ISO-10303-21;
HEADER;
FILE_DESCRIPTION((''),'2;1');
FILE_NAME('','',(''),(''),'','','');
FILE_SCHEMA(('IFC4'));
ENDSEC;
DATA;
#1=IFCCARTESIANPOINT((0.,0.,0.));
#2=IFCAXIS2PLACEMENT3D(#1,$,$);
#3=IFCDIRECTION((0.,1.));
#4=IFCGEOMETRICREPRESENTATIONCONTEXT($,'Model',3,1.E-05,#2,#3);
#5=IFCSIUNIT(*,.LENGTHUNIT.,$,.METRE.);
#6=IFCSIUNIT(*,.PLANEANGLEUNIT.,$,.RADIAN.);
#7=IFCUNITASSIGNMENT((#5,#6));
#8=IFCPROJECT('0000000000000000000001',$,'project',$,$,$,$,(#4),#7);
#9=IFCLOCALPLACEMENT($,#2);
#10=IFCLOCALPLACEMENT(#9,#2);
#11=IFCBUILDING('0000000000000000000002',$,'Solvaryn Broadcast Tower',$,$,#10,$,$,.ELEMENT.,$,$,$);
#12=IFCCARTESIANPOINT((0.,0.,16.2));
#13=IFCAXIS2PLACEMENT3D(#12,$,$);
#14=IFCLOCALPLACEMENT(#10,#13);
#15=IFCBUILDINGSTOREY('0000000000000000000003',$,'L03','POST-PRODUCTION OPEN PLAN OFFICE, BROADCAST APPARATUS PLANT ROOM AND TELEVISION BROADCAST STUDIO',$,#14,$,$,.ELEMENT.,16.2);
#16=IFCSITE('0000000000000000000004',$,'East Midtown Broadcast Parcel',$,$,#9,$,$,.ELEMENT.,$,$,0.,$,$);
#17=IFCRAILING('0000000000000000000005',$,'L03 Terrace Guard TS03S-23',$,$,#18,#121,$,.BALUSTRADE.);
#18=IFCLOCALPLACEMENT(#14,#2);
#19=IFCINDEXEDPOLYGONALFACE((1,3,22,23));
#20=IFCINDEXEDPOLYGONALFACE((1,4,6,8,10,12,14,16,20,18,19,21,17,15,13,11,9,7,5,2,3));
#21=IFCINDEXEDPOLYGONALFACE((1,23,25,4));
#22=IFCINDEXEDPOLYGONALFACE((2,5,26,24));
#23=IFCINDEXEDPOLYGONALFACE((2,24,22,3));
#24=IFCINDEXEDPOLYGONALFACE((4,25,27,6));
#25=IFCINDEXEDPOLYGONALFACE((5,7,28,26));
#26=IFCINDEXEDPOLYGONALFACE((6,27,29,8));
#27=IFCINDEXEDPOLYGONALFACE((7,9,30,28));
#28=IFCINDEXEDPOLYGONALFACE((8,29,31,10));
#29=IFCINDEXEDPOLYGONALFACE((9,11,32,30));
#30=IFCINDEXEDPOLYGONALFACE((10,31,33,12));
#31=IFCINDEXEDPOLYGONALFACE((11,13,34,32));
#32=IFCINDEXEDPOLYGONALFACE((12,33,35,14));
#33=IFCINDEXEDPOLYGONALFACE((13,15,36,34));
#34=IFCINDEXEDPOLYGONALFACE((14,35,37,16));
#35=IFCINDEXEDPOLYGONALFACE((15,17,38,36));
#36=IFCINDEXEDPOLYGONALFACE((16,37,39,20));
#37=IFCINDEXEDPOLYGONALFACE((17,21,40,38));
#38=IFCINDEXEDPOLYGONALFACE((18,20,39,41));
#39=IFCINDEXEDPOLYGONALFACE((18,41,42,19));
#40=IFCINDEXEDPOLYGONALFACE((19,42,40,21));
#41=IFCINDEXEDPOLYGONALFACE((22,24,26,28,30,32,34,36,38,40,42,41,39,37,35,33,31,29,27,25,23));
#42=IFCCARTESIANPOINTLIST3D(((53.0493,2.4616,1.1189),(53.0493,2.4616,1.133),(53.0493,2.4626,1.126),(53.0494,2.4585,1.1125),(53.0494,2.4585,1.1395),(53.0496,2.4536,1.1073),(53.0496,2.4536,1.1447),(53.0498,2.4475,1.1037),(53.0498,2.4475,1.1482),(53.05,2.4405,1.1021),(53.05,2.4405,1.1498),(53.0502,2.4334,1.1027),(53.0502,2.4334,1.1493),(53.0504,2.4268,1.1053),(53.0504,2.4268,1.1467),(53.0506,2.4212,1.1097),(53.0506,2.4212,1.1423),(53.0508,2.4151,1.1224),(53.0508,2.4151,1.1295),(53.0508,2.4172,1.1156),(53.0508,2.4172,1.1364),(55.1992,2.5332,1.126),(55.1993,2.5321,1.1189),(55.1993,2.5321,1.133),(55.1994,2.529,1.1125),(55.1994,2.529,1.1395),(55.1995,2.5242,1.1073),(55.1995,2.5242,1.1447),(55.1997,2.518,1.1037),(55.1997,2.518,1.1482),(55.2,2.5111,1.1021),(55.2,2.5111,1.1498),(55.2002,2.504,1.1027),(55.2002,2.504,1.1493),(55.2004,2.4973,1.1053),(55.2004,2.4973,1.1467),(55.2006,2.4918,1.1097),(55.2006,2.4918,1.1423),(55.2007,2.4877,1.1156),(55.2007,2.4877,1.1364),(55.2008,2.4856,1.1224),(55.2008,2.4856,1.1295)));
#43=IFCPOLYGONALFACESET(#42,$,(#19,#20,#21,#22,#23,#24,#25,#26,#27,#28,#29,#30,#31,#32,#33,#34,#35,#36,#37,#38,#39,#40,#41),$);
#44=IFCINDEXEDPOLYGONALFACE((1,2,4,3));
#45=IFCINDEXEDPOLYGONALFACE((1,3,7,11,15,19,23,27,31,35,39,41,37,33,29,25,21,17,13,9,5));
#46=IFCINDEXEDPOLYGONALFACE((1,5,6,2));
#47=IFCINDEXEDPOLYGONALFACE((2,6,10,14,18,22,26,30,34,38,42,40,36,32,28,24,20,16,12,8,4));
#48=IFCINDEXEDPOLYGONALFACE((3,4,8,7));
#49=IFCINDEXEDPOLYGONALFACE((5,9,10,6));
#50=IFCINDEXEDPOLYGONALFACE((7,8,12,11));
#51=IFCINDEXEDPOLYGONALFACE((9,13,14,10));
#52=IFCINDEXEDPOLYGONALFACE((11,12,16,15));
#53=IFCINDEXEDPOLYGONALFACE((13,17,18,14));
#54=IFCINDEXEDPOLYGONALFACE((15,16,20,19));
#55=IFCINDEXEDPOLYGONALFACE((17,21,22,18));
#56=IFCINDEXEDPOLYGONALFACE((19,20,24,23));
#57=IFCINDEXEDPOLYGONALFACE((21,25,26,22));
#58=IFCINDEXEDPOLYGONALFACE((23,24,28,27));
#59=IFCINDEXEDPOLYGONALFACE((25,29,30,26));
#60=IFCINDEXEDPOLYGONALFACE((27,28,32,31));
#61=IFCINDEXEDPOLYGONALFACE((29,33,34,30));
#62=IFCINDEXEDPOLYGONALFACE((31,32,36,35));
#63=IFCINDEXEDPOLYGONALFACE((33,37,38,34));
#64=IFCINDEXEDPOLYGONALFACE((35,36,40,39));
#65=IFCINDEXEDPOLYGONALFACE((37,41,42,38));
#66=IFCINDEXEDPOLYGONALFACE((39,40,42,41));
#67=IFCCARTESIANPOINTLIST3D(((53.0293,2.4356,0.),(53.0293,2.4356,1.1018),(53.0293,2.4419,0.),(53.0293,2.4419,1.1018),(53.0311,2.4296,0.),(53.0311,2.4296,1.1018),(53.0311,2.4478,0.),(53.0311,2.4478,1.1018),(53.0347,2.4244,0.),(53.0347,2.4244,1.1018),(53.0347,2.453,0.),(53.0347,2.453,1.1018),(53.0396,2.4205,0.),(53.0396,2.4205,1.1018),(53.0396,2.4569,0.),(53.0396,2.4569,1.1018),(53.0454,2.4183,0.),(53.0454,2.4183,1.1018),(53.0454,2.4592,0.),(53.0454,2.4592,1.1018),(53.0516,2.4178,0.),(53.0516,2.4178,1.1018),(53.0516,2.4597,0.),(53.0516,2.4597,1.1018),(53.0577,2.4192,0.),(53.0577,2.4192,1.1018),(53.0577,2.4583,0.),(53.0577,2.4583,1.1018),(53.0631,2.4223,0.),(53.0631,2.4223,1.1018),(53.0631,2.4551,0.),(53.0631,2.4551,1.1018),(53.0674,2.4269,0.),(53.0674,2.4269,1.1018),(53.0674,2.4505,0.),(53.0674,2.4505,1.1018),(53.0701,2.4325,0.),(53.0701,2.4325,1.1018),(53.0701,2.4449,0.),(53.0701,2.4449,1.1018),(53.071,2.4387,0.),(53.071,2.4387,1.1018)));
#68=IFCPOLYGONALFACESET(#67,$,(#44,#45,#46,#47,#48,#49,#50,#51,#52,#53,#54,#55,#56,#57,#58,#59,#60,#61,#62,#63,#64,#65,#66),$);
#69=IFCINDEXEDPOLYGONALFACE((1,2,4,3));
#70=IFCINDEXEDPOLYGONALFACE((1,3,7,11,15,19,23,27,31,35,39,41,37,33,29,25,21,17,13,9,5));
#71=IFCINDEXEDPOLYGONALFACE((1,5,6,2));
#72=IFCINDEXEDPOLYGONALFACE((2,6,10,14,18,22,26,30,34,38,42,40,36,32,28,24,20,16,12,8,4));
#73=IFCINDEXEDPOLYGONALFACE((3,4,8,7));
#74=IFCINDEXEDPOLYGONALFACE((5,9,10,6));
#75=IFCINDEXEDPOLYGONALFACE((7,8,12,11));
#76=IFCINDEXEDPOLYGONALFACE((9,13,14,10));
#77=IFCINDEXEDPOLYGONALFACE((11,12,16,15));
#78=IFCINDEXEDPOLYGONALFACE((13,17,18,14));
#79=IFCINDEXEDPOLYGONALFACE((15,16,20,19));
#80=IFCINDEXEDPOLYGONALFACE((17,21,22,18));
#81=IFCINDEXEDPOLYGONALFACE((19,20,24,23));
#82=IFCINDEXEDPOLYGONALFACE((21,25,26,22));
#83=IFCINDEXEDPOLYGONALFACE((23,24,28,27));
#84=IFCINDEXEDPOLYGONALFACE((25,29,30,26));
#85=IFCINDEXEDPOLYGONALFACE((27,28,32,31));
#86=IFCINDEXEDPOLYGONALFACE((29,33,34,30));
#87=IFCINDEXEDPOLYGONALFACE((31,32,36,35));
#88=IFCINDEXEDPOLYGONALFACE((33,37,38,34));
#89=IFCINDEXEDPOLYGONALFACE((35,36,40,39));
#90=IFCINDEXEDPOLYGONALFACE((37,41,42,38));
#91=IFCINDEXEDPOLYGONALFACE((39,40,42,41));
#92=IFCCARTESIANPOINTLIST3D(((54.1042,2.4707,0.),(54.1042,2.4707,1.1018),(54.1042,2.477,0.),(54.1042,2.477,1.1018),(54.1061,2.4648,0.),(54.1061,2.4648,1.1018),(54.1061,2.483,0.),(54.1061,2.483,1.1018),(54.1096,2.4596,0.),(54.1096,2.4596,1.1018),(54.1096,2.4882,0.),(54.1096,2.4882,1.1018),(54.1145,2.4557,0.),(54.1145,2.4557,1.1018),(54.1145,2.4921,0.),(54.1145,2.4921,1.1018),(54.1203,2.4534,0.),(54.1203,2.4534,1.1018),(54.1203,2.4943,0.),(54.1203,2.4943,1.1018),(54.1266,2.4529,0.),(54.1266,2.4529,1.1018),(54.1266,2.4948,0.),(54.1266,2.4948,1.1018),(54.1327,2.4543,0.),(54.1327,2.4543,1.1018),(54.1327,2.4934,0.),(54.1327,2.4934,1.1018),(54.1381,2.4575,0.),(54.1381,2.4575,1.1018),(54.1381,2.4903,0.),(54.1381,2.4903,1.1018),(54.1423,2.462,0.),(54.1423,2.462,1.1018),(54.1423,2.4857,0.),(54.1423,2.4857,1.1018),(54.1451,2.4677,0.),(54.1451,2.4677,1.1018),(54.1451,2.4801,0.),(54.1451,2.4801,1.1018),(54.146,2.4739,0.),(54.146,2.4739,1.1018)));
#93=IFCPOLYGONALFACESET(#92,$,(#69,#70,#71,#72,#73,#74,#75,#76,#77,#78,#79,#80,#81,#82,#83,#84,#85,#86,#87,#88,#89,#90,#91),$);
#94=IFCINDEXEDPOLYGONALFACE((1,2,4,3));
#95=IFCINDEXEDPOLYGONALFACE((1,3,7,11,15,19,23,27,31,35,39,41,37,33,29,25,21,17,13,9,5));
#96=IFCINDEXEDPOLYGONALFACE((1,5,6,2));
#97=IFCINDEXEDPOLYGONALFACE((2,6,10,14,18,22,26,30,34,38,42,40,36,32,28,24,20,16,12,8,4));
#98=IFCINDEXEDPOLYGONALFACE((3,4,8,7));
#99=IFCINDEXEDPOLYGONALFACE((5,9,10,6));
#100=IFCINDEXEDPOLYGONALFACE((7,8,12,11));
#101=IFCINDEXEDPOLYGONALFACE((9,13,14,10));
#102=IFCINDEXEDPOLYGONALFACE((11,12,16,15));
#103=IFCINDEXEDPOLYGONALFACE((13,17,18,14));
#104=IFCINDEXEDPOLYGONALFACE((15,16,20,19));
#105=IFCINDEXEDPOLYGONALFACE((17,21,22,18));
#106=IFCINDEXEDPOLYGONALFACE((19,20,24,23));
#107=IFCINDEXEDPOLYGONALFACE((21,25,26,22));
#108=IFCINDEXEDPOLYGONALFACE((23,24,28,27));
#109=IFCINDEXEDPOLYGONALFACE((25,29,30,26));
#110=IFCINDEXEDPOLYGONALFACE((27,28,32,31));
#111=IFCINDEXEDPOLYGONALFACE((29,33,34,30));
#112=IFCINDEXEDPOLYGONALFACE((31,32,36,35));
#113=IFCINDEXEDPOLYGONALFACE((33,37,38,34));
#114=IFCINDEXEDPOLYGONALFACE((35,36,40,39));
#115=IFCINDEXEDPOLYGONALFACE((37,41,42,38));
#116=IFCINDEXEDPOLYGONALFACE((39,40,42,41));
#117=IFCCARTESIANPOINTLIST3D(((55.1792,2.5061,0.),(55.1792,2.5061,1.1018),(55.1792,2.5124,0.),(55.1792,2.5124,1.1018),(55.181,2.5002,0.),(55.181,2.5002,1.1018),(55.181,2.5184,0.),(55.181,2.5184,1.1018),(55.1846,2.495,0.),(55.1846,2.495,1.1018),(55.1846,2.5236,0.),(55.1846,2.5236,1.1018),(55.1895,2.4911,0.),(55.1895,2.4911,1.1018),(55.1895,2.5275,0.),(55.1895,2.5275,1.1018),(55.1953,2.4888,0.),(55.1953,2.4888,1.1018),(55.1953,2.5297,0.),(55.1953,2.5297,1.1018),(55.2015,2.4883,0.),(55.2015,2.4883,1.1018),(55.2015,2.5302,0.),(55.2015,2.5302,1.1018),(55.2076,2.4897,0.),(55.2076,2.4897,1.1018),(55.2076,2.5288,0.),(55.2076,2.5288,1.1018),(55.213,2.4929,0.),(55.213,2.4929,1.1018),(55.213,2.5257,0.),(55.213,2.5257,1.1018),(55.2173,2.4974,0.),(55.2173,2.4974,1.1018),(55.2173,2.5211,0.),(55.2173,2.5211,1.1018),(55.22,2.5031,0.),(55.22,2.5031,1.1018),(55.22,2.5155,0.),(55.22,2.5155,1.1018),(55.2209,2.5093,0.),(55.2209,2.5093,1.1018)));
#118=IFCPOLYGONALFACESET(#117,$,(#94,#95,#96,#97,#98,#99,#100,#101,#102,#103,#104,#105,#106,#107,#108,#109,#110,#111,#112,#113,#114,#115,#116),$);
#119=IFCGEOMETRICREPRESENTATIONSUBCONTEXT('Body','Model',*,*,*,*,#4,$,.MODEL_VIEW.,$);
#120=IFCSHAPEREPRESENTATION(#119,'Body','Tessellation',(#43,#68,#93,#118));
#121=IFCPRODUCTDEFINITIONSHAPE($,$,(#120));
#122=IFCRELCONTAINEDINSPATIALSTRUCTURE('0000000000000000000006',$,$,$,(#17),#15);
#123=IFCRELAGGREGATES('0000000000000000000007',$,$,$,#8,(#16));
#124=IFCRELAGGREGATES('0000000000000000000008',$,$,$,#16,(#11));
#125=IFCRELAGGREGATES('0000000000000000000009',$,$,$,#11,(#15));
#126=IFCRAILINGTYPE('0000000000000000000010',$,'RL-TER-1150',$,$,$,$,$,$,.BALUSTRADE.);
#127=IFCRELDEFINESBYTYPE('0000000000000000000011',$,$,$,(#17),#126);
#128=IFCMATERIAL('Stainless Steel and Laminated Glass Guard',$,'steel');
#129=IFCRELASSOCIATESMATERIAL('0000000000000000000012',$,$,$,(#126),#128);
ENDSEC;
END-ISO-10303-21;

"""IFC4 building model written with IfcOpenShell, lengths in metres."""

from ifc_helpers import new_model, si_unit, direction, frame, origin, origin_2d, place, context, subcontext, project, spatial, circle, extrude, material, type_object, element, save


model = new_model("IFC4")

# Units and contexts
model_context = context("Model", 3, precision=1e-05, world=origin(), true_north=direction((0.0, 1.0)))
body_context = subcontext(model_context, "Body", "Model", "MODEL_VIEW")
ifc_project = project(units=[si_unit("LENGTHUNIT", "METRE"), si_unit("PLANEANGLEUNIT", "RADIAN")], contexts=[model_context])

# Site, building, storey
site_placement = place(None, origin())
site = spatial("IfcSite", under=ifc_project, at=site_placement, Name="East Midtown Broadcast Parcel", CompositionType="ELEMENT", RefElevation=0.0)
building_placement = place(site_placement, origin())
building = spatial("IfcBuilding", under=site, at=building_placement, Name="Solvaryn Broadcast Tower", CompositionType="ELEMENT")
storey_placement = place(building_placement, frame((0.0, 0.0, 16.2)))
storey = spatial("IfcBuildingStorey", under=building, at=storey_placement, Name="L03", Description="POST-PRODUCTION OPEN PLAN OFFICE, BROADCAST APPARATUS PLANT ROOM AND TELEVISION BROADCAST STUDIO", CompositionType="ELEMENT", Elevation=16.2)

# Railing
ifc_material_1 = material(Name="Stainless Steel and Laminated Glass Guard", Category="steel")
railing_type = type_object("IfcRailingType", Name="RL-TER-1150", PredefinedType="BALUSTRADE", material=ifc_material_1)
railing_1_placement = place(storey_placement, frame((53.05, 2.4387, 0.0)))
element("IfcRailing", 1, at=railing_1_placement, inside=storey, type_object=railing_type, Name="L03 Terrace Guard TS03S-23", PredefinedType="BALUSTRADE", context=body_context, shape_type="SweptSolid", body=[
    extrude(circle(Radius=0.0239, at=origin_2d()), frame((0.0, 0.0, 1.126), z_axis=(0.999462, 0.032801, 0.0), x_axis=(-0.032801, 0.999462, 0.0)), (0.0, 0.0, 1.0), 2.1511),
    extrude(circle(Radius=0.021, at=origin_2d()), origin(), (0.0, 0.0, 1.0), 1.1018),
    extrude(circle(Radius=0.021, at=origin_2d()), frame((1.075, 0.0352, 0.0)), (0.0, 0.0, 1.0), 1.1018),
    extrude(circle(Radius=0.021, at=origin_2d()), frame((2.1499, 0.0706, 0.0)), (0.0, 0.0, 1.0), 1.1018),
])

save(model, "model.ifc")
